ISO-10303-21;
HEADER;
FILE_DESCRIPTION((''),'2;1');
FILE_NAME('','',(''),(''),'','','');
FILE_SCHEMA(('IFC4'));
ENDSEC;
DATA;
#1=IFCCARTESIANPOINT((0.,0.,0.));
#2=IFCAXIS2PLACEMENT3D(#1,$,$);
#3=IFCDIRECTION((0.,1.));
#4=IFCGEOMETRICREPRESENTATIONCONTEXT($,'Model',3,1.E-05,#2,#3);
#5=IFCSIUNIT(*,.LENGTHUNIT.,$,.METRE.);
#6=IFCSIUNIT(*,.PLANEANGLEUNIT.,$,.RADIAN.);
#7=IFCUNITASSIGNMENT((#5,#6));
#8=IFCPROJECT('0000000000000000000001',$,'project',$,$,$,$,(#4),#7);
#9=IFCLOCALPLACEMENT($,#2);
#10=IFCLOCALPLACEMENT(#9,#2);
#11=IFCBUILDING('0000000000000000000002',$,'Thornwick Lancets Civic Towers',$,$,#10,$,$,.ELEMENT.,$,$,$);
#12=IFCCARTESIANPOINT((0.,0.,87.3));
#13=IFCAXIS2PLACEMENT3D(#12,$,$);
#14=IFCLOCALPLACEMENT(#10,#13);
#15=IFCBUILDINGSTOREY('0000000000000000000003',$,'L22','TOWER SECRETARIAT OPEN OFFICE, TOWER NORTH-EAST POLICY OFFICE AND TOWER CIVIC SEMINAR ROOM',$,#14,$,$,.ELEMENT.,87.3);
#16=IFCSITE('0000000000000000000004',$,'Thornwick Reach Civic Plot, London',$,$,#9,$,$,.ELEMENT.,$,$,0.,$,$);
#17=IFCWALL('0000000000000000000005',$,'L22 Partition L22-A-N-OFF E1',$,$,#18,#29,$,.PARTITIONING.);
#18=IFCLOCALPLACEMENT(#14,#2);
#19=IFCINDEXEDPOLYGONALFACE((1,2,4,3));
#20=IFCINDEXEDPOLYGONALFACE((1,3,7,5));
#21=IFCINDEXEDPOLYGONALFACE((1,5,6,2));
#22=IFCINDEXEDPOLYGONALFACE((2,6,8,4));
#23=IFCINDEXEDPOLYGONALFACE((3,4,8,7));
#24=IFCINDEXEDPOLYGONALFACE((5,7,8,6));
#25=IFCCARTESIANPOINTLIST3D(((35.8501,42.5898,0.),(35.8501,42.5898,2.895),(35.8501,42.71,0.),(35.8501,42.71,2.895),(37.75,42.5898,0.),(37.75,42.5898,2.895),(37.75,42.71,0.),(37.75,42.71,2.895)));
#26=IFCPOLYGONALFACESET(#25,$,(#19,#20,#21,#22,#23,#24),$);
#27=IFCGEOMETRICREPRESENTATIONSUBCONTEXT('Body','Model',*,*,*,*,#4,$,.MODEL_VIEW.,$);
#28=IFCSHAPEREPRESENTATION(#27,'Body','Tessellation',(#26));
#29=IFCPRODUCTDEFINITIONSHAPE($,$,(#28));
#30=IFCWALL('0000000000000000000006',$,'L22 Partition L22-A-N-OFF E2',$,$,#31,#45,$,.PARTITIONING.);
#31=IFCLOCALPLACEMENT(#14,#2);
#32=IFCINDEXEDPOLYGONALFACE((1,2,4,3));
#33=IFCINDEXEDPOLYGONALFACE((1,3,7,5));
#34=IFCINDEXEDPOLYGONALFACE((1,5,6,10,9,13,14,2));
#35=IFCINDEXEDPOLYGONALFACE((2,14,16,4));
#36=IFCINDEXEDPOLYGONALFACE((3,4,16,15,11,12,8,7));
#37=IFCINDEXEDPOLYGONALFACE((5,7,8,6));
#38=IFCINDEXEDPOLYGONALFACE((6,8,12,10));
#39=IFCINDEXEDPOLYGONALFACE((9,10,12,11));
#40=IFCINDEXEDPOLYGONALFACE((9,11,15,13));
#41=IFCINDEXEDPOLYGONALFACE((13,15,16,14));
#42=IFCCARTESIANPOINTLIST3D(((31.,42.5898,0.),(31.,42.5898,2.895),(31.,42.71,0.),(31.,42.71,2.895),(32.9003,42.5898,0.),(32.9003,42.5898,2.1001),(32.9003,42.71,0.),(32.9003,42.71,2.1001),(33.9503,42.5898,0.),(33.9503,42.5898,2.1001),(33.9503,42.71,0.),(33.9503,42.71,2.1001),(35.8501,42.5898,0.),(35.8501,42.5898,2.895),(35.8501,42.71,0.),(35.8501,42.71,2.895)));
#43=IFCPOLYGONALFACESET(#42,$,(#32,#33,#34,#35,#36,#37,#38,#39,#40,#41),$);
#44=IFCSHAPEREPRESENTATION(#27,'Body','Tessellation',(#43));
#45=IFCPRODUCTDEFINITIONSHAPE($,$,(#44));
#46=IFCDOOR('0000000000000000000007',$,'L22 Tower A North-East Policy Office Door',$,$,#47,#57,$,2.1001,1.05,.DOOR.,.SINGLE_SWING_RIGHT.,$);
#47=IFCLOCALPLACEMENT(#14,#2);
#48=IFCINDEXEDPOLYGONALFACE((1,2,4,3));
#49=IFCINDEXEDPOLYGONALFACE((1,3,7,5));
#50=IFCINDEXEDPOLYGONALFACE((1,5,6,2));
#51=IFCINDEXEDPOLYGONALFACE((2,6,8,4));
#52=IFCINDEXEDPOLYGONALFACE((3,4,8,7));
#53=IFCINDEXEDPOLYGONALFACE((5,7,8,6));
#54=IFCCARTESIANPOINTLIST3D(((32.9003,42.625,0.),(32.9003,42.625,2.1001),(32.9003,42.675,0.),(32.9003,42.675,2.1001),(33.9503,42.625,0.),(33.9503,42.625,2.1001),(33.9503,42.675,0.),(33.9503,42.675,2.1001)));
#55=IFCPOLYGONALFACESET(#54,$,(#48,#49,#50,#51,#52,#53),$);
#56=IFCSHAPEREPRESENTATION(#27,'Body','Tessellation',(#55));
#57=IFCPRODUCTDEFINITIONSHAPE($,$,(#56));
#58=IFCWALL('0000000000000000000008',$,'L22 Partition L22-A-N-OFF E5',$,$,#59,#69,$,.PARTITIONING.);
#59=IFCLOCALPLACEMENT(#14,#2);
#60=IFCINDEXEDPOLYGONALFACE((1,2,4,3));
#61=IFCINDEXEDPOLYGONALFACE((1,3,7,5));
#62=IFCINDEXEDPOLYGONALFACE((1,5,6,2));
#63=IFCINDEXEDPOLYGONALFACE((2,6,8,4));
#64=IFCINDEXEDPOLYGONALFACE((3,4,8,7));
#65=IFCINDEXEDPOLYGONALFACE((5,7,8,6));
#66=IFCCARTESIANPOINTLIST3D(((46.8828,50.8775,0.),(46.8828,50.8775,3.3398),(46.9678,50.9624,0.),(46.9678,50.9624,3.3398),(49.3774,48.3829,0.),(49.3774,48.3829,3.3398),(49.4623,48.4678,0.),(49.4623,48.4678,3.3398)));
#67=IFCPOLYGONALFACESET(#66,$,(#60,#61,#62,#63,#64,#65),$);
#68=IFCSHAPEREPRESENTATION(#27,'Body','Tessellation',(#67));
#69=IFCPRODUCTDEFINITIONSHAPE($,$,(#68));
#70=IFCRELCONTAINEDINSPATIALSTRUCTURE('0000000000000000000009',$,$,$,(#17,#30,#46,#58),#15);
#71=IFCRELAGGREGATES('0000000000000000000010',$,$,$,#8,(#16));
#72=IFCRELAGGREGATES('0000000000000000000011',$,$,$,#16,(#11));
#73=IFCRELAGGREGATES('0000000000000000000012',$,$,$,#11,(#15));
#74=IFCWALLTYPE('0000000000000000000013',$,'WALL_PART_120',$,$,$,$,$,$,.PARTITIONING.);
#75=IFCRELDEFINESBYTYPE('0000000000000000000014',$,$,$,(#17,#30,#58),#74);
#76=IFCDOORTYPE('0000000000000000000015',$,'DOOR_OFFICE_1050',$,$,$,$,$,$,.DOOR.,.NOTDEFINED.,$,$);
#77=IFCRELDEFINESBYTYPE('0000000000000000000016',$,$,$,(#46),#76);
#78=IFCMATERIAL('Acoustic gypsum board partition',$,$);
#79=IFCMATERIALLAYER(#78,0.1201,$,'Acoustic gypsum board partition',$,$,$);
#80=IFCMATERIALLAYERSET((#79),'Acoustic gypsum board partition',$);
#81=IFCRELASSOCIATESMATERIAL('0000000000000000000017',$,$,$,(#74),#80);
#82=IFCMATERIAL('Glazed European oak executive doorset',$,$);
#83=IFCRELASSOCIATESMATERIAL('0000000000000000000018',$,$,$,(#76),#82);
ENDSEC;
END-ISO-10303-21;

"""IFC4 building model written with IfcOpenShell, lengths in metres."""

from ifc_helpers import new_model, si_unit, direction, frame, frame_2d, origin, place, context, subcontext, project, spatial, rectangle, extrude, material, layer, layer_set, type_object, element, fill, save


model = new_model("IFC4")

# Units and contexts
model_context = context("Model", 3, precision=1e-05, world=origin(), true_north=direction((0.0, 1.0)))
body_context = subcontext(model_context, "Body", "Model", "MODEL_VIEW")
ifc_project = project(units=[si_unit("LENGTHUNIT", "METRE"), si_unit("PLANEANGLEUNIT", "RADIAN")], contexts=[model_context])

# Site, building, storey
site_placement = place(None, origin())
site = spatial("IfcSite", under=ifc_project, at=site_placement, Name="Thornwick Reach Civic Plot, London", CompositionType="ELEMENT", RefElevation=0.0)
building_placement = place(site_placement, origin())
building = spatial("IfcBuilding", under=site, at=building_placement, Name="Thornwick Lancets Civic Towers", CompositionType="ELEMENT")
storey_placement = place(building_placement, frame((0.0, 0.0, 87.3)))
storey = spatial("IfcBuildingStorey", under=building, at=storey_placement, Name="L22", Description="TOWER SECRETARIAT OPEN OFFICE, TOWER NORTH-EAST POLICY OFFICE AND TOWER CIVIC SEMINAR ROOM", CompositionType="ELEMENT", Elevation=87.3)

# Wall
ifc_material_1 = material(Name="Acoustic gypsum board partition")
ifc_layer_1 = layer(ifc_material_1, 0.1201, Name="Acoustic gypsum board partition")
ifc_layer_set_1 = layer_set([ifc_layer_1], Name="Acoustic gypsum board partition")
wall_type_1 = type_object("IfcWallType", Name="WALL_PART_120", PredefinedType="PARTITIONING", material=ifc_layer_set_1)
wall_1_placement = place(storey_placement, frame((37.75, 42.6499, 0.0), z_axis=(0.0, 0.0, 1.0), x_axis=(-1.0, 0.0, 0.0)))
element("IfcWall", 1, at=wall_1_placement, inside=storey, type_object=wall_type_1, Name="L22 Partition L22-A-N-OFF E1", PredefinedType="PARTITIONING", context=body_context, shape_type="SweptSolid", body=[
    extrude(rectangle(XDim=1.8999, YDim=0.1201, at=frame_2d((0.95, 0.0))), origin(), (0.0, 0.0, 1.0), 2.895),
])

# Wall, opening, door
wall_2_placement = place(storey_placement, frame((35.8501, 42.6499, 0.0), z_axis=(0.0, 0.0, 1.0), x_axis=(-1.0, 0.0, 0.0)))
wall_2 = element("IfcWall", 2, at=wall_2_placement, inside=storey, type_object=wall_type_1, Name="L22 Partition L22-A-N-OFF E2", PredefinedType="PARTITIONING", context=body_context, shape_type="SweptSolid", body=[
    extrude(rectangle(XDim=4.8501, YDim=0.1201, at=frame_2d((2.425, 0.0))), origin(), (0.0, 0.0, 1.0), 2.895),
])
opening_1_placement = place(wall_2_placement, frame((1.8999, 0.0, 0.0)))
opening_1 = element("IfcOpeningElement", 3, at=opening_1_placement, cuts=wall_2, PredefinedType="OPENING", context=body_context, shape_type="SweptSolid", body=[
    extrude(rectangle(XDim=1.05, YDim=2.1001, at=frame_2d((0.5249, 1.05))), frame((0.0, 0.0701, 0.0), z_axis=(0.0, -1.0, 0.0), x_axis=(1.0, 0.0, 0.0)), (0.0, 0.0, 1.0), 0.1401),
])
ifc_material_2 = material(Name="Glazed European oak executive doorset")
door_type_1 = type_object("IfcDoorType", Name="DOOR_OFFICE_1050", OperationType="NOTDEFINED", PredefinedType="DOOR", material=ifc_material_2)
door_1_placement = place(opening_1_placement, origin())
door_1 = element("IfcDoor", 4, at=door_1_placement, inside=storey, type_object=door_type_1, Name="L22 Tower A North-East Policy Office Door", OperationType="SINGLE_SWING_RIGHT", OverallHeight=2.1001, OverallWidth=1.05, PredefinedType="DOOR", context=body_context, shape_type="SweptSolid", body=[
    extrude(rectangle(XDim=1.05, YDim=2.1001, at=frame_2d((0.5249, 1.05))), frame((0.0, 0.0249, 0.0), z_axis=(0.0, -1.0, 0.0), x_axis=(1.0, 0.0, 0.0)), (0.0, 0.0, 1.0), 0.05),
])
fill(opening_1, door_1)

# Wall
wall_3_placement = place(storey_placement, frame((46.9253, 50.9199, 0.0), z_axis=(0.0, 0.0, 1.0), x_axis=(0.707107, -0.707107, 0.0)))
element("IfcWall", 5, at=wall_3_placement, inside=storey, type_object=wall_type_1, Name="L22 Partition L22-A-N-OFF E5", PredefinedType="PARTITIONING", context=body_context, shape_type="SweptSolid", body=[
    extrude(rectangle(XDim=3.5278, YDim=0.1201, at=frame_2d((1.7639, 0.0))), origin(), (0.0, 0.0, 1.0), 3.3398),
])

save(model, "model.ifc")
